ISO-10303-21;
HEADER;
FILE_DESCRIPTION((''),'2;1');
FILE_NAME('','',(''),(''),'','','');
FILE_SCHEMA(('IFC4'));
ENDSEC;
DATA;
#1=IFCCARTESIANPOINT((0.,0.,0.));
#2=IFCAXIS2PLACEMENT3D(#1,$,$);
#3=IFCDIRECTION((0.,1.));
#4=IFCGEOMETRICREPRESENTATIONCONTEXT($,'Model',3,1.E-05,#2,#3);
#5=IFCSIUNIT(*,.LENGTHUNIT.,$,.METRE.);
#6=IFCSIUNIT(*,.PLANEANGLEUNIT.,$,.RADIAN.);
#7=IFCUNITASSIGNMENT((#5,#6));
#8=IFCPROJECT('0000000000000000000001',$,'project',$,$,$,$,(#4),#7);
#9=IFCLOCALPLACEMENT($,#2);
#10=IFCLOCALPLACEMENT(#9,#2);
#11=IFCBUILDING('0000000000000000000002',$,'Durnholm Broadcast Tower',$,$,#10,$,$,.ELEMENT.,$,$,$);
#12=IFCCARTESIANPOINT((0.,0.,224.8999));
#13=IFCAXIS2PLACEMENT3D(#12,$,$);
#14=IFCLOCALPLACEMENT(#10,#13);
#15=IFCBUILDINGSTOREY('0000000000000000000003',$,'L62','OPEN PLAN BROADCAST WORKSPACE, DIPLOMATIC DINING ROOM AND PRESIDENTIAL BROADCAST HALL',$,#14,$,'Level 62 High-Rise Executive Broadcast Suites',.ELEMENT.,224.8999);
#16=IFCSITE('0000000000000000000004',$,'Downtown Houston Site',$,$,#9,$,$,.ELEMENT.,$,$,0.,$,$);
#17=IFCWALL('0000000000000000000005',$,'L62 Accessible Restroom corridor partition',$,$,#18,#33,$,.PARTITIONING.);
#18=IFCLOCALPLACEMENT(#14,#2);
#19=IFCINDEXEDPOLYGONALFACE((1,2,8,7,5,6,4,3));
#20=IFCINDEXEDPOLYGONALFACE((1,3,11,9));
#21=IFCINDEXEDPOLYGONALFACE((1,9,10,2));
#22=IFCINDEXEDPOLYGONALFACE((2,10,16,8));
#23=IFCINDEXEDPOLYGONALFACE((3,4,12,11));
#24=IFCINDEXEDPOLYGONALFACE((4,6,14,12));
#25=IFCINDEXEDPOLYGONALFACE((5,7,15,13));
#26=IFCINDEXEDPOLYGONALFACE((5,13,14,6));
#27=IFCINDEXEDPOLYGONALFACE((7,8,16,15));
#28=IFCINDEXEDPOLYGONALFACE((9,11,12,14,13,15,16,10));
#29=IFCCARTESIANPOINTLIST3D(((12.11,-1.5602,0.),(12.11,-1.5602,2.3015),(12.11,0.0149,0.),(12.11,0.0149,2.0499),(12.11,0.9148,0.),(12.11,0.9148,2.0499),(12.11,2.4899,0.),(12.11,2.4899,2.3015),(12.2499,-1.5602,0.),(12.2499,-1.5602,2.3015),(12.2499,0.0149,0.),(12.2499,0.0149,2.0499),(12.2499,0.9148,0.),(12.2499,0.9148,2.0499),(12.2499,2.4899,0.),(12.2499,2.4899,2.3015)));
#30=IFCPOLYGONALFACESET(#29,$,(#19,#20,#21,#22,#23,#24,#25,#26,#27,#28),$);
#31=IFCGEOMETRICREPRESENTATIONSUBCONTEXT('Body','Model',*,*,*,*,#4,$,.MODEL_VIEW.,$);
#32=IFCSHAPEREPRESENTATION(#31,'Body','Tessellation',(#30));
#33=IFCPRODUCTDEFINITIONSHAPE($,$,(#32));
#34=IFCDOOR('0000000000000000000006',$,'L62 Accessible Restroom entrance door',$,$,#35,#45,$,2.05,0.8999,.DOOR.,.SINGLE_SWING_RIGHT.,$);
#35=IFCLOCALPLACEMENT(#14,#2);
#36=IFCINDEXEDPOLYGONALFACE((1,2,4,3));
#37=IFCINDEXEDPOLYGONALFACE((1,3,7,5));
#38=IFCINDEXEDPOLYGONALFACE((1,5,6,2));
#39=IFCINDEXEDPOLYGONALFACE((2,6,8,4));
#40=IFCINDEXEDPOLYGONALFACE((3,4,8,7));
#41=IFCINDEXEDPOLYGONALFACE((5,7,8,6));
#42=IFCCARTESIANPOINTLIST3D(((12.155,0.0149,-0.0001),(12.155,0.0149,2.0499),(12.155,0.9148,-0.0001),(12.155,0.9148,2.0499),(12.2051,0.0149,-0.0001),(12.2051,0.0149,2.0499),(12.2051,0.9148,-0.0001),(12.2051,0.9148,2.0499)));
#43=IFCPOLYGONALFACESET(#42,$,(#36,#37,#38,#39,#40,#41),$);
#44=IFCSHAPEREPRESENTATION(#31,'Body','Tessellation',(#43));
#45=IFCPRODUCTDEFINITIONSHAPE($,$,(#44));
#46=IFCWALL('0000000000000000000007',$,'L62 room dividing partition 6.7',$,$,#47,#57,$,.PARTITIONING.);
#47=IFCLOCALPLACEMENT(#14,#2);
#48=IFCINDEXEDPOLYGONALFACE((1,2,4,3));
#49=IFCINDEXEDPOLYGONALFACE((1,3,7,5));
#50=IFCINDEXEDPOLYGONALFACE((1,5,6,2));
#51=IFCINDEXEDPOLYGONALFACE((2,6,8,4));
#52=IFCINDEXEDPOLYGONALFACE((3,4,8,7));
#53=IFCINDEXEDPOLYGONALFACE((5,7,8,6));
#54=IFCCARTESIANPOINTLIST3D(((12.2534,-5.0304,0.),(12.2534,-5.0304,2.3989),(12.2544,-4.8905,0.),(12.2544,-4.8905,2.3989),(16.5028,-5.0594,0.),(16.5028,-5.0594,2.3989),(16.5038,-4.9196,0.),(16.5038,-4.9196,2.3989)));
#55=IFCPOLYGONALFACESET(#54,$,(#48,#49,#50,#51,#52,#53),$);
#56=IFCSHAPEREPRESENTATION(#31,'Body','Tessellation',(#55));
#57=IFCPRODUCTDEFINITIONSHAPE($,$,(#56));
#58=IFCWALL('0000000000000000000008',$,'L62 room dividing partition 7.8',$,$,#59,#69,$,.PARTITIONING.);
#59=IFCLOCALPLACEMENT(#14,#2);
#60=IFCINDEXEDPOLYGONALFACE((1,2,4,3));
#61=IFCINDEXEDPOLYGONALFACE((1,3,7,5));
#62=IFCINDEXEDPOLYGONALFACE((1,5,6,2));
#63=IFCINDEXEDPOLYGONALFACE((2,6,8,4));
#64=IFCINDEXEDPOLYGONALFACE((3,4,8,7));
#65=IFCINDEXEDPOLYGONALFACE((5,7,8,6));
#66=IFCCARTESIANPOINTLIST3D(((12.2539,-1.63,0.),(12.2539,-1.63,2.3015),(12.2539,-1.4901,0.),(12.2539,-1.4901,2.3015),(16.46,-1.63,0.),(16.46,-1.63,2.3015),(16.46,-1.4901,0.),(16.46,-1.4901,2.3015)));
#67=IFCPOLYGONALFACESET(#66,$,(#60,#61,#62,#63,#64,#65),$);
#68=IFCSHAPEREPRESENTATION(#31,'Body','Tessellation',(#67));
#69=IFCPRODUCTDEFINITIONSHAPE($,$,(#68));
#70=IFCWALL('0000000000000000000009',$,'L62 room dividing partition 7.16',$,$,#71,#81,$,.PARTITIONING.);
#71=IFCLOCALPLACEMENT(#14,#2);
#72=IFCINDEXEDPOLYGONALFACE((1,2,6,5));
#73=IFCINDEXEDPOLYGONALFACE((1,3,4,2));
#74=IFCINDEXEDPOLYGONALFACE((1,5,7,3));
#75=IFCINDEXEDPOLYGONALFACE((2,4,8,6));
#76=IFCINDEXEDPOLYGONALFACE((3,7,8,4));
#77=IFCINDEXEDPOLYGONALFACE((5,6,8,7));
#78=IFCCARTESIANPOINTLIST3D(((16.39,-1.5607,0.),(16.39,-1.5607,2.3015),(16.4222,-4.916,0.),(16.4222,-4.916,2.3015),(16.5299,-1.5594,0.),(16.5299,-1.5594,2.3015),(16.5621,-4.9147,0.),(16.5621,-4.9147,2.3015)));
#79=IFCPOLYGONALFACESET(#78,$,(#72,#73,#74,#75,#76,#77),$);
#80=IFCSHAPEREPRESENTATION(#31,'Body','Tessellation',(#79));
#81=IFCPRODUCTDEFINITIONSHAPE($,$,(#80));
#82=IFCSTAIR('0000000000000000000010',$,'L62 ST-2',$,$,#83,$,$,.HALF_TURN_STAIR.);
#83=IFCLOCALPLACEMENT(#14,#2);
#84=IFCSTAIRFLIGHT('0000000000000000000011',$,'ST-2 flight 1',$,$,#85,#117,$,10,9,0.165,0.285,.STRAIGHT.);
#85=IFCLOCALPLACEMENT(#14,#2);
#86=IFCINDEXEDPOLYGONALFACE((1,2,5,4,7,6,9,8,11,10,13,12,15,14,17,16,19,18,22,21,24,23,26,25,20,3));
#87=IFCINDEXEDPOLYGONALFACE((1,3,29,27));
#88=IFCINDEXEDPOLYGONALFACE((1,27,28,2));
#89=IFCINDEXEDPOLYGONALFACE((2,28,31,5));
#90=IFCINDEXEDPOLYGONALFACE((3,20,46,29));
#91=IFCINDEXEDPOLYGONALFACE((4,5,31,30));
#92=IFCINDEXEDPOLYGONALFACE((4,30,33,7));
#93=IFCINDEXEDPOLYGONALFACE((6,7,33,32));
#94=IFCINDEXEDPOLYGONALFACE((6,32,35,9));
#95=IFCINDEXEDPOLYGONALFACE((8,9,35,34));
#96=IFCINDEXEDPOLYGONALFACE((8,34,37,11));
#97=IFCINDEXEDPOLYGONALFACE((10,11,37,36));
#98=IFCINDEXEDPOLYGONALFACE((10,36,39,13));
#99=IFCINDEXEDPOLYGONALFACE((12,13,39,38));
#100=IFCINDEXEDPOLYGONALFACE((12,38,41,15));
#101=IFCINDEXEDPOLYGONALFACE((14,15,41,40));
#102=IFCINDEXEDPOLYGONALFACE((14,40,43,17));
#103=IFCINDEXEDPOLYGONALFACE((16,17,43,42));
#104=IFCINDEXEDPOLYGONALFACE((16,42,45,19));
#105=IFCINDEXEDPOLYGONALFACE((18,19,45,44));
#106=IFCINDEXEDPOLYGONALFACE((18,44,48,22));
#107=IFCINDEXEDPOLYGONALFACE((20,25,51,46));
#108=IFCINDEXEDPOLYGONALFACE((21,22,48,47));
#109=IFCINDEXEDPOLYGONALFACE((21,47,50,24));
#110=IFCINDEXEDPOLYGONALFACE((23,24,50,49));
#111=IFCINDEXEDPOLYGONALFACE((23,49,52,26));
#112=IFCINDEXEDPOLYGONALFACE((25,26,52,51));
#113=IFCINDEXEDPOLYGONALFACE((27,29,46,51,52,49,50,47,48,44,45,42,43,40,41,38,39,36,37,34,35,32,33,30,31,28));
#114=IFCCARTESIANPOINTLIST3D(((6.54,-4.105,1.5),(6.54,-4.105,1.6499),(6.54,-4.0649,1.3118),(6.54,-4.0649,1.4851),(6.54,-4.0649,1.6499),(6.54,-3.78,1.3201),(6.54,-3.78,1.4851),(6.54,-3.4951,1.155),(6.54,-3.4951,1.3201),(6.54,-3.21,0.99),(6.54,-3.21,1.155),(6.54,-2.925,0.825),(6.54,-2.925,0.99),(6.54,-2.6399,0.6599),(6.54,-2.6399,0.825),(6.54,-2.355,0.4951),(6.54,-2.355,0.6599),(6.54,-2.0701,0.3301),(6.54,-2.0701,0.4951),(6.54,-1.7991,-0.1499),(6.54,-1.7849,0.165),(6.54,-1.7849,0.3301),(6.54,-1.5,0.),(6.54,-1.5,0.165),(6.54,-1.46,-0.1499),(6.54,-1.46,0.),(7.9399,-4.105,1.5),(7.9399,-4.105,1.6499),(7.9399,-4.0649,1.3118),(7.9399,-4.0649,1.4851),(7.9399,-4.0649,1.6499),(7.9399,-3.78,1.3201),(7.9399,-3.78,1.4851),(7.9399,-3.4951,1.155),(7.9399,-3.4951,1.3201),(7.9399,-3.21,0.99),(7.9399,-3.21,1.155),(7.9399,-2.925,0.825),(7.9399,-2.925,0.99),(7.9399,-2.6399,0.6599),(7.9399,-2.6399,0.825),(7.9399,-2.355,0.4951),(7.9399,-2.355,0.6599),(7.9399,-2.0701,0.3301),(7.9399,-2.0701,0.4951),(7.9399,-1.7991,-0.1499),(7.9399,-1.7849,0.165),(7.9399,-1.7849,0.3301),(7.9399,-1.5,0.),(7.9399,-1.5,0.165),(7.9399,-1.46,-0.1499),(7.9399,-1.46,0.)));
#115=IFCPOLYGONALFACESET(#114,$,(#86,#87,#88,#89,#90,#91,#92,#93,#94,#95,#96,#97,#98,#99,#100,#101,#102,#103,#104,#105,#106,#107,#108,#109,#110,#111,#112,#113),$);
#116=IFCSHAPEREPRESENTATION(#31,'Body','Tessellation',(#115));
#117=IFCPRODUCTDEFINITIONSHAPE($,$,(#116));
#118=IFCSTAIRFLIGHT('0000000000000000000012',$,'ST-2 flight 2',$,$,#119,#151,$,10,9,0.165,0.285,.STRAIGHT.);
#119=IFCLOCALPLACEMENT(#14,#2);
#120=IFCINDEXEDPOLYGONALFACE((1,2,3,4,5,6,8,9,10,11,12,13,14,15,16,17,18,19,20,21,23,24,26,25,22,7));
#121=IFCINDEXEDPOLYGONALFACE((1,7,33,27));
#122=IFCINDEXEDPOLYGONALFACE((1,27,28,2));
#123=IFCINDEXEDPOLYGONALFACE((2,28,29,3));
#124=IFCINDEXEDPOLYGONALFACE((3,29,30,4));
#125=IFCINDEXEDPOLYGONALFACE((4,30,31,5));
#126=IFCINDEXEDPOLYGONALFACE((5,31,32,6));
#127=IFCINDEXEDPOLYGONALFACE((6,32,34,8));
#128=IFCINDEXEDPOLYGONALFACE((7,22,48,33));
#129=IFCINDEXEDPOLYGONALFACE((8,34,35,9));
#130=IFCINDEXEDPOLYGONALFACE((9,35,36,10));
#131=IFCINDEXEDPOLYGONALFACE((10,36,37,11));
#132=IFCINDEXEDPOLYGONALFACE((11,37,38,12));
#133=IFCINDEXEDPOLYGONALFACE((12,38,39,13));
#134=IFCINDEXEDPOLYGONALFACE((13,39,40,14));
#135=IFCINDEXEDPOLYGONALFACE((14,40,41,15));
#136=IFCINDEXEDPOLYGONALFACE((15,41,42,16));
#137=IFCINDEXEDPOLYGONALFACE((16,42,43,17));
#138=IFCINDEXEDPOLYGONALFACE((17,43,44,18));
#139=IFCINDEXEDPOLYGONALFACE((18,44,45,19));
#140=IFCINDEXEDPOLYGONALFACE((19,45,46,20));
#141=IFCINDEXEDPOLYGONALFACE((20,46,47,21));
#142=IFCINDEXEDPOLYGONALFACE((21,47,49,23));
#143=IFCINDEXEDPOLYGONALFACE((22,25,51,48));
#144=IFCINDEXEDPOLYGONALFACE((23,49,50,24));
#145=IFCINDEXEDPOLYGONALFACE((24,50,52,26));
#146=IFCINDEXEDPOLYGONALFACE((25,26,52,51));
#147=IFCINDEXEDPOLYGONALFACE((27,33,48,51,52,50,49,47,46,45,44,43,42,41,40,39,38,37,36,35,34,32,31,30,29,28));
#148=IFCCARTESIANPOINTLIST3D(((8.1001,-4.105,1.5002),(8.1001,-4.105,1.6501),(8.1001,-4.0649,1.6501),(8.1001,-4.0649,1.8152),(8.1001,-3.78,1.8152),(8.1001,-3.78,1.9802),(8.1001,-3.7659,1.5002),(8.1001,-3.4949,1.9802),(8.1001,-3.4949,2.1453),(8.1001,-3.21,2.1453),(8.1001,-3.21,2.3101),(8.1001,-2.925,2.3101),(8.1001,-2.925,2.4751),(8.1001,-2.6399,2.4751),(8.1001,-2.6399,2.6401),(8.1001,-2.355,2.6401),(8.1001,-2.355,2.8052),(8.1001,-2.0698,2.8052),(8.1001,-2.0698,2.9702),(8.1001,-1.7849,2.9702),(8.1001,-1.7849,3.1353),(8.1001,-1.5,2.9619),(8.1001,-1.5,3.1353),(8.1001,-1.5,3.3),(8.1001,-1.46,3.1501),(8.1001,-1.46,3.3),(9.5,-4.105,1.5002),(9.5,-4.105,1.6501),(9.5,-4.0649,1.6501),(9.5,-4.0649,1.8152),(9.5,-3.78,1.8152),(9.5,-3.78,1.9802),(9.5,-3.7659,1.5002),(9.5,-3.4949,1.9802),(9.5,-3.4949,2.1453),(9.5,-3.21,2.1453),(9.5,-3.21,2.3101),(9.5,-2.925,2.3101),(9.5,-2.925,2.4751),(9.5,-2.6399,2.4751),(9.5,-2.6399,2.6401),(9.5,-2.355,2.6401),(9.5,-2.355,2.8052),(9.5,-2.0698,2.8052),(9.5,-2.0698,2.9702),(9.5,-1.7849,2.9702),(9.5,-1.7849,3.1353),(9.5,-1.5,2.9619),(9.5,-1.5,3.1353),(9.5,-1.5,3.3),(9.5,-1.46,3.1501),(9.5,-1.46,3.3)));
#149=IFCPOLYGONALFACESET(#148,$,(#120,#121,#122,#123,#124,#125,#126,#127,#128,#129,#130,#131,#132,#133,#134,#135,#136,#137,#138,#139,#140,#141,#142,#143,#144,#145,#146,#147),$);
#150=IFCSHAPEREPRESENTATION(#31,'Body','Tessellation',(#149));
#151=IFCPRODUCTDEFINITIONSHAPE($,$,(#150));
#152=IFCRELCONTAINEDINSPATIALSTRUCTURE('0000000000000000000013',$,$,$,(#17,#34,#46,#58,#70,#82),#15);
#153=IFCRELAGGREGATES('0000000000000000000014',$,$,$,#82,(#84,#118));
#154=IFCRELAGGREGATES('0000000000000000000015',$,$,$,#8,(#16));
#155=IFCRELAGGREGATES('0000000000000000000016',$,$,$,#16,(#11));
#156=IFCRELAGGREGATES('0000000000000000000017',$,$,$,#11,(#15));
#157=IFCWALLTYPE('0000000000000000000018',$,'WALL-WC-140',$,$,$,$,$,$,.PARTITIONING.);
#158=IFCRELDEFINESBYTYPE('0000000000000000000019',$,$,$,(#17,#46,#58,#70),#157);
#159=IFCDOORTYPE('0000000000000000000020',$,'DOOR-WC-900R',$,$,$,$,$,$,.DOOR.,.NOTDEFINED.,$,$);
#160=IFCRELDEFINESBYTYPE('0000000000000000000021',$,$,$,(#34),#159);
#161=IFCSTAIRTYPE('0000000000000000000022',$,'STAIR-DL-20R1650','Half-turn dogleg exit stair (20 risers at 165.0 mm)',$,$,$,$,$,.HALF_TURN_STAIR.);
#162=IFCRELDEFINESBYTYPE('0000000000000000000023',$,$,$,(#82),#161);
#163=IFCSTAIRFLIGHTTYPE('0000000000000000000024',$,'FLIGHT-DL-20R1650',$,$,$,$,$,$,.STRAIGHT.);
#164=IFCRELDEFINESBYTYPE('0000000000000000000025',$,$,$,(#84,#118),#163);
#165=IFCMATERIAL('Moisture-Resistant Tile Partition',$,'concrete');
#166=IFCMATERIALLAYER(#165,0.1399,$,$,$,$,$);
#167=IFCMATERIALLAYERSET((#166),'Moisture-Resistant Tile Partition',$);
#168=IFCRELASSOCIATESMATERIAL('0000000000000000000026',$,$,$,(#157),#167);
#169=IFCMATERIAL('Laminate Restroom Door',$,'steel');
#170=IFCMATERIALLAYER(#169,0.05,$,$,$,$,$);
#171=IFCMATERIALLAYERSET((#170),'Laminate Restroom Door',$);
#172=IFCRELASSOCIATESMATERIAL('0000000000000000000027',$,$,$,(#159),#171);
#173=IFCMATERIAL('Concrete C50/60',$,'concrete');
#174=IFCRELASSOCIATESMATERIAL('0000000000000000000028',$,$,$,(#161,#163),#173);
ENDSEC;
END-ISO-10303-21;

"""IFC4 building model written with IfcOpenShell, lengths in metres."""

from ifc_helpers import new_model, si_unit, direction, frame, frame_2d, origin, place, context, subcontext, project, spatial, polyline, rectangle, outline, extrude, source, transform, mapped, material, layer, layer_set, type_object, type_shapes, element, fill, aggregate, save


model = new_model("IFC4")

# Units and contexts
model_context = context("Model", 3, precision=1e-05, world=origin(), true_north=direction((0.0, 1.0)))
body_context = subcontext(model_context, "Body", "Model", "MODEL_VIEW")
ifc_project = project(units=[si_unit("LENGTHUNIT", "METRE"), si_unit("PLANEANGLEUNIT", "RADIAN")], contexts=[model_context])

# Site, building, storey
site_placement = place(None, origin())
site = spatial("IfcSite", under=ifc_project, at=site_placement, Name="Downtown Houston Site", CompositionType="ELEMENT", RefElevation=0.0)
building_placement = place(site_placement, origin())
building = spatial("IfcBuilding", under=site, at=building_placement, Name="Durnholm Broadcast Tower", CompositionType="ELEMENT")
storey_placement = place(building_placement, frame((0.0, 0.0, 224.8999)))
storey = spatial("IfcBuildingStorey", under=building, at=storey_placement, Name="L62", Description="OPEN PLAN BROADCAST WORKSPACE, DIPLOMATIC DINING ROOM AND PRESIDENTIAL BROADCAST HALL", LongName="Level 62 High-Rise Executive Broadcast Suites", CompositionType="ELEMENT", Elevation=224.8999)

# Shared definitions
ifc_material_1 = material(Name="Concrete C50/60", Category="concrete")

# Wall, opening, door
ifc_material_2 = material(Name="Moisture-Resistant Tile Partition", Category="concrete")
ifc_layer_1 = layer(ifc_material_2, 0.1399)
ifc_layer_set_1 = layer_set([ifc_layer_1], Name="Moisture-Resistant Tile Partition")
wall_type_1 = type_object("IfcWallType", Name="WALL-WC-140", PredefinedType="PARTITIONING", material=ifc_layer_set_1)
ifc_material_3 = material(Name="Laminate Restroom Door", Category="steel")
wall_1_placement = place(storey_placement, frame((12.1799, -1.5601, 0.0), z_axis=(0.0, 0.0, 1.0), x_axis=(0.0, 1.0, 0.0)))
wall_1 = element("IfcWall", 1, at=wall_1_placement, inside=storey, type_object=wall_type_1, Name="L62 Accessible Restroom corridor partition", PredefinedType="PARTITIONING", context=body_context, shape_type="SweptSolid", body=[
    extrude(rectangle(XDim=4.05, YDim=0.1399, at=frame_2d((2.0249, 0.0))), origin(), (0.0, 0.0, 1.0), 2.3015),
])
opening_1_placement = place(wall_1_placement, frame((1.575, 0.0, 0.0)))
opening_1 = element("IfcOpeningElement", 2, at=opening_1_placement, cuts=wall_1, PredefinedType="OPENING", context=body_context, shape_type="SweptSolid", body=[
    extrude(rectangle(XDim=0.8999, YDim=2.05, at=frame_2d((0.45, 1.0249))), frame((0.0, 0.0801, 0.0), z_axis=(0.0, -1.0, 0.0), x_axis=(1.0, 0.0, 0.0)), (0.0, 0.0, 1.0), 0.1599),
])
ifc_layer_2 = layer(ifc_material_3, 0.05)
ifc_layer_set_2 = layer_set([ifc_layer_2], Name="Laminate Restroom Door")
door_type_1 = type_object("IfcDoorType", Name="DOOR-WC-900R", OperationType="NOTDEFINED", PredefinedType="DOOR", material=ifc_layer_set_2)
shared_shape_1 = source(origin(), body_context, "Body", "SweptSolid", [
    extrude(rectangle(XDim=0.8999, YDim=2.05, at=frame_2d((0.45, 1.0249))), frame((0.0, 0.0249, 0.0), z_axis=(0.0, -1.0, 0.0), x_axis=(1.0, 0.0, 0.0)), (0.0, 0.0, 1.0), 0.05),
])
type_shapes(door_type_1, [shared_shape_1])
door_1_placement = place(opening_1_placement, origin())
door_1 = element("IfcDoor", 3, at=door_1_placement, inside=storey, type_object=door_type_1, Name="L62 Accessible Restroom entrance door", OperationType="SINGLE_SWING_RIGHT", OverallHeight=2.05, OverallWidth=0.8999, PredefinedType="DOOR", context=body_context, shape_type="MappedRepresentation", body=[
    mapped(shared_shape_1, transform((0.0, 0.0, 0.0), x_axis=(1.0, 0.0, 0.0), y_axis=(0.0, 1.0, 0.0), z_axis=(0.0, 0.0, 1.0), scale=1.0)),
])
fill(opening_1, door_1)

# Walls
wall_2_placement = place(storey_placement, frame((12.2539, -4.9604, 0.0), z_axis=(0.0, 0.0, 1.0), x_axis=(0.999977, -0.006837, 0.0)))
element("IfcWall", 4, at=wall_2_placement, inside=storey, type_object=wall_type_1, Name="L62 room dividing partition 6.7", PredefinedType="PARTITIONING", context=body_context, shape_type="SweptSolid", body=[
    extrude(rectangle(XDim=4.2495, YDim=0.1399, at=frame_2d((2.1248, 0.0))), origin(), (0.0, 0.0, 1.0), 2.3989),
])
wall_3_placement = place(storey_placement, frame((12.2539, -1.5601, 0.0), z_axis=(0.0, 0.0, 1.0), x_axis=(1.0, 0.0, 0.0)))
element("IfcWall", 5, at=wall_3_placement, inside=storey, type_object=wall_type_1, Name="L62 room dividing partition 7.8", PredefinedType="PARTITIONING", context=body_context, shape_type="SweptSolid", body=[
    extrude(rectangle(XDim=4.2061, YDim=0.1399, at=frame_2d((2.103, 0.0))), origin(), (0.0, 0.0, 1.0), 2.3015),
])
wall_4_placement = place(storey_placement, frame((16.46, -1.5601, 0.0), z_axis=(0.0, 0.0, 1.0), x_axis=(0.009604, -0.999954, 0.0)))
element("IfcWall", 6, at=wall_4_placement, inside=storey, type_object=wall_type_1, Name="L62 room dividing partition 7.16", PredefinedType="PARTITIONING", context=body_context, shape_type="SweptSolid", body=[
    extrude(rectangle(XDim=3.3555, YDim=0.1399, at=frame_2d((1.6777, 0.0))), origin(), (0.0, 0.0, 1.0), 2.3015),
])

# Stair, stair flights
stair_type = type_object("IfcStairType", Name="STAIR-DL-20R1650", Description="Half-turn dogleg exit stair (20 risers at 165.0 mm)", PredefinedType="HALF_TURN_STAIR", material=ifc_material_1)
stair_placement = place(storey_placement, origin())
stair = element("IfcStair", 7, at=stair_placement, inside=storey, type_object=stair_type, Name="L62 ST-2", PredefinedType="HALF_TURN_STAIR")
stair_flight_type = type_object("IfcStairFlightType", Name="FLIGHT-DL-20R1650", PredefinedType="STRAIGHT", material=ifc_material_1)
stair_flight_1_placement = place(storey_placement, frame((7.24, -1.5, 0.0), z_axis=(0.0, 0.0, 1.0), x_axis=(0.0, -1.0, 0.0)))
stair_flight_1 = element("IfcStairFlight", 8, at=stair_flight_1_placement, type_object=stair_flight_type, Name="ST-2 flight 1", NumberOfRisers=10, NumberOfTreads=9, PredefinedType="STRAIGHT", RiserHeight=0.165, TreadLength=0.285, context=body_context, shape_type="SweptSolid", body=[
    extrude(outline(polyline([(-0.04, -0.1499), (-0.04, 0.0), (0.0, 0.0), (0.0, 0.165), (0.2849, 0.165), (0.2849, 0.3301), (0.5701, 0.3301), (0.5701, 0.4951), (0.855, 0.4951), (0.855, 0.6599), (1.1399, 0.6599), (1.1399, 0.825), (1.425, 0.825), (1.425, 0.99), (1.71, 0.99), (1.71, 1.155), (1.9951, 1.155), (1.9951, 1.3201), (2.28, 1.3201), (2.28, 1.4851), (2.5649, 1.4851), (2.5649, 1.6499), (2.605, 1.6499), (2.605, 1.5), (2.5649, 1.3118), (0.2991, -0.1499), (-0.04, -0.1499)])), frame((0.0, 0.7, 0.0), z_axis=(0.0, -1.0, 0.0), x_axis=(1.0, 0.0, 0.0)), (0.0, 0.0, 1.0), 1.3999),
])
stair_flight_2_placement = place(storey_placement, frame((8.8, -4.0649, 1.6501), z_axis=(0.0, 0.0, 1.0), x_axis=(0.0, 1.0, 0.0)))
stair_flight_2 = element("IfcStairFlight", 9, at=stair_flight_2_placement, type_object=stair_flight_type, Name="ST-2 flight 2", NumberOfRisers=10, NumberOfTreads=9, PredefinedType="STRAIGHT", RiserHeight=0.165, TreadLength=0.285, context=body_context, shape_type="SweptSolid", body=[
    extrude(outline(polyline([(-0.04, -0.1499), (-0.04, 0.0), (0.0, 0.0), (0.0, 0.165), (0.2849, 0.165), (0.2849, 0.3301), (0.5701, 0.3301), (0.5701, 0.4951), (0.855, 0.4951), (0.855, 0.6599), (1.1399, 0.6599), (1.1399, 0.825), (1.425, 0.825), (1.425, 0.99), (1.71, 0.99), (1.71, 1.155), (1.9951, 1.155), (1.9951, 1.3201), (2.28, 1.3201), (2.28, 1.4851), (2.5649, 1.4851), (2.5649, 1.6499), (2.605, 1.6499), (2.605, 1.5), (2.5649, 1.3118), (0.2991, -0.1499), (-0.04, -0.1499)])), frame((0.0, 0.7, 0.0), z_axis=(0.0, -1.0, 0.0), x_axis=(1.0, 0.0, 0.0)), (0.0, 0.0, 1.0), 1.3999),
])
aggregate(stair, [stair_flight_1, stair_flight_2])

save(model, "model.ifc")
